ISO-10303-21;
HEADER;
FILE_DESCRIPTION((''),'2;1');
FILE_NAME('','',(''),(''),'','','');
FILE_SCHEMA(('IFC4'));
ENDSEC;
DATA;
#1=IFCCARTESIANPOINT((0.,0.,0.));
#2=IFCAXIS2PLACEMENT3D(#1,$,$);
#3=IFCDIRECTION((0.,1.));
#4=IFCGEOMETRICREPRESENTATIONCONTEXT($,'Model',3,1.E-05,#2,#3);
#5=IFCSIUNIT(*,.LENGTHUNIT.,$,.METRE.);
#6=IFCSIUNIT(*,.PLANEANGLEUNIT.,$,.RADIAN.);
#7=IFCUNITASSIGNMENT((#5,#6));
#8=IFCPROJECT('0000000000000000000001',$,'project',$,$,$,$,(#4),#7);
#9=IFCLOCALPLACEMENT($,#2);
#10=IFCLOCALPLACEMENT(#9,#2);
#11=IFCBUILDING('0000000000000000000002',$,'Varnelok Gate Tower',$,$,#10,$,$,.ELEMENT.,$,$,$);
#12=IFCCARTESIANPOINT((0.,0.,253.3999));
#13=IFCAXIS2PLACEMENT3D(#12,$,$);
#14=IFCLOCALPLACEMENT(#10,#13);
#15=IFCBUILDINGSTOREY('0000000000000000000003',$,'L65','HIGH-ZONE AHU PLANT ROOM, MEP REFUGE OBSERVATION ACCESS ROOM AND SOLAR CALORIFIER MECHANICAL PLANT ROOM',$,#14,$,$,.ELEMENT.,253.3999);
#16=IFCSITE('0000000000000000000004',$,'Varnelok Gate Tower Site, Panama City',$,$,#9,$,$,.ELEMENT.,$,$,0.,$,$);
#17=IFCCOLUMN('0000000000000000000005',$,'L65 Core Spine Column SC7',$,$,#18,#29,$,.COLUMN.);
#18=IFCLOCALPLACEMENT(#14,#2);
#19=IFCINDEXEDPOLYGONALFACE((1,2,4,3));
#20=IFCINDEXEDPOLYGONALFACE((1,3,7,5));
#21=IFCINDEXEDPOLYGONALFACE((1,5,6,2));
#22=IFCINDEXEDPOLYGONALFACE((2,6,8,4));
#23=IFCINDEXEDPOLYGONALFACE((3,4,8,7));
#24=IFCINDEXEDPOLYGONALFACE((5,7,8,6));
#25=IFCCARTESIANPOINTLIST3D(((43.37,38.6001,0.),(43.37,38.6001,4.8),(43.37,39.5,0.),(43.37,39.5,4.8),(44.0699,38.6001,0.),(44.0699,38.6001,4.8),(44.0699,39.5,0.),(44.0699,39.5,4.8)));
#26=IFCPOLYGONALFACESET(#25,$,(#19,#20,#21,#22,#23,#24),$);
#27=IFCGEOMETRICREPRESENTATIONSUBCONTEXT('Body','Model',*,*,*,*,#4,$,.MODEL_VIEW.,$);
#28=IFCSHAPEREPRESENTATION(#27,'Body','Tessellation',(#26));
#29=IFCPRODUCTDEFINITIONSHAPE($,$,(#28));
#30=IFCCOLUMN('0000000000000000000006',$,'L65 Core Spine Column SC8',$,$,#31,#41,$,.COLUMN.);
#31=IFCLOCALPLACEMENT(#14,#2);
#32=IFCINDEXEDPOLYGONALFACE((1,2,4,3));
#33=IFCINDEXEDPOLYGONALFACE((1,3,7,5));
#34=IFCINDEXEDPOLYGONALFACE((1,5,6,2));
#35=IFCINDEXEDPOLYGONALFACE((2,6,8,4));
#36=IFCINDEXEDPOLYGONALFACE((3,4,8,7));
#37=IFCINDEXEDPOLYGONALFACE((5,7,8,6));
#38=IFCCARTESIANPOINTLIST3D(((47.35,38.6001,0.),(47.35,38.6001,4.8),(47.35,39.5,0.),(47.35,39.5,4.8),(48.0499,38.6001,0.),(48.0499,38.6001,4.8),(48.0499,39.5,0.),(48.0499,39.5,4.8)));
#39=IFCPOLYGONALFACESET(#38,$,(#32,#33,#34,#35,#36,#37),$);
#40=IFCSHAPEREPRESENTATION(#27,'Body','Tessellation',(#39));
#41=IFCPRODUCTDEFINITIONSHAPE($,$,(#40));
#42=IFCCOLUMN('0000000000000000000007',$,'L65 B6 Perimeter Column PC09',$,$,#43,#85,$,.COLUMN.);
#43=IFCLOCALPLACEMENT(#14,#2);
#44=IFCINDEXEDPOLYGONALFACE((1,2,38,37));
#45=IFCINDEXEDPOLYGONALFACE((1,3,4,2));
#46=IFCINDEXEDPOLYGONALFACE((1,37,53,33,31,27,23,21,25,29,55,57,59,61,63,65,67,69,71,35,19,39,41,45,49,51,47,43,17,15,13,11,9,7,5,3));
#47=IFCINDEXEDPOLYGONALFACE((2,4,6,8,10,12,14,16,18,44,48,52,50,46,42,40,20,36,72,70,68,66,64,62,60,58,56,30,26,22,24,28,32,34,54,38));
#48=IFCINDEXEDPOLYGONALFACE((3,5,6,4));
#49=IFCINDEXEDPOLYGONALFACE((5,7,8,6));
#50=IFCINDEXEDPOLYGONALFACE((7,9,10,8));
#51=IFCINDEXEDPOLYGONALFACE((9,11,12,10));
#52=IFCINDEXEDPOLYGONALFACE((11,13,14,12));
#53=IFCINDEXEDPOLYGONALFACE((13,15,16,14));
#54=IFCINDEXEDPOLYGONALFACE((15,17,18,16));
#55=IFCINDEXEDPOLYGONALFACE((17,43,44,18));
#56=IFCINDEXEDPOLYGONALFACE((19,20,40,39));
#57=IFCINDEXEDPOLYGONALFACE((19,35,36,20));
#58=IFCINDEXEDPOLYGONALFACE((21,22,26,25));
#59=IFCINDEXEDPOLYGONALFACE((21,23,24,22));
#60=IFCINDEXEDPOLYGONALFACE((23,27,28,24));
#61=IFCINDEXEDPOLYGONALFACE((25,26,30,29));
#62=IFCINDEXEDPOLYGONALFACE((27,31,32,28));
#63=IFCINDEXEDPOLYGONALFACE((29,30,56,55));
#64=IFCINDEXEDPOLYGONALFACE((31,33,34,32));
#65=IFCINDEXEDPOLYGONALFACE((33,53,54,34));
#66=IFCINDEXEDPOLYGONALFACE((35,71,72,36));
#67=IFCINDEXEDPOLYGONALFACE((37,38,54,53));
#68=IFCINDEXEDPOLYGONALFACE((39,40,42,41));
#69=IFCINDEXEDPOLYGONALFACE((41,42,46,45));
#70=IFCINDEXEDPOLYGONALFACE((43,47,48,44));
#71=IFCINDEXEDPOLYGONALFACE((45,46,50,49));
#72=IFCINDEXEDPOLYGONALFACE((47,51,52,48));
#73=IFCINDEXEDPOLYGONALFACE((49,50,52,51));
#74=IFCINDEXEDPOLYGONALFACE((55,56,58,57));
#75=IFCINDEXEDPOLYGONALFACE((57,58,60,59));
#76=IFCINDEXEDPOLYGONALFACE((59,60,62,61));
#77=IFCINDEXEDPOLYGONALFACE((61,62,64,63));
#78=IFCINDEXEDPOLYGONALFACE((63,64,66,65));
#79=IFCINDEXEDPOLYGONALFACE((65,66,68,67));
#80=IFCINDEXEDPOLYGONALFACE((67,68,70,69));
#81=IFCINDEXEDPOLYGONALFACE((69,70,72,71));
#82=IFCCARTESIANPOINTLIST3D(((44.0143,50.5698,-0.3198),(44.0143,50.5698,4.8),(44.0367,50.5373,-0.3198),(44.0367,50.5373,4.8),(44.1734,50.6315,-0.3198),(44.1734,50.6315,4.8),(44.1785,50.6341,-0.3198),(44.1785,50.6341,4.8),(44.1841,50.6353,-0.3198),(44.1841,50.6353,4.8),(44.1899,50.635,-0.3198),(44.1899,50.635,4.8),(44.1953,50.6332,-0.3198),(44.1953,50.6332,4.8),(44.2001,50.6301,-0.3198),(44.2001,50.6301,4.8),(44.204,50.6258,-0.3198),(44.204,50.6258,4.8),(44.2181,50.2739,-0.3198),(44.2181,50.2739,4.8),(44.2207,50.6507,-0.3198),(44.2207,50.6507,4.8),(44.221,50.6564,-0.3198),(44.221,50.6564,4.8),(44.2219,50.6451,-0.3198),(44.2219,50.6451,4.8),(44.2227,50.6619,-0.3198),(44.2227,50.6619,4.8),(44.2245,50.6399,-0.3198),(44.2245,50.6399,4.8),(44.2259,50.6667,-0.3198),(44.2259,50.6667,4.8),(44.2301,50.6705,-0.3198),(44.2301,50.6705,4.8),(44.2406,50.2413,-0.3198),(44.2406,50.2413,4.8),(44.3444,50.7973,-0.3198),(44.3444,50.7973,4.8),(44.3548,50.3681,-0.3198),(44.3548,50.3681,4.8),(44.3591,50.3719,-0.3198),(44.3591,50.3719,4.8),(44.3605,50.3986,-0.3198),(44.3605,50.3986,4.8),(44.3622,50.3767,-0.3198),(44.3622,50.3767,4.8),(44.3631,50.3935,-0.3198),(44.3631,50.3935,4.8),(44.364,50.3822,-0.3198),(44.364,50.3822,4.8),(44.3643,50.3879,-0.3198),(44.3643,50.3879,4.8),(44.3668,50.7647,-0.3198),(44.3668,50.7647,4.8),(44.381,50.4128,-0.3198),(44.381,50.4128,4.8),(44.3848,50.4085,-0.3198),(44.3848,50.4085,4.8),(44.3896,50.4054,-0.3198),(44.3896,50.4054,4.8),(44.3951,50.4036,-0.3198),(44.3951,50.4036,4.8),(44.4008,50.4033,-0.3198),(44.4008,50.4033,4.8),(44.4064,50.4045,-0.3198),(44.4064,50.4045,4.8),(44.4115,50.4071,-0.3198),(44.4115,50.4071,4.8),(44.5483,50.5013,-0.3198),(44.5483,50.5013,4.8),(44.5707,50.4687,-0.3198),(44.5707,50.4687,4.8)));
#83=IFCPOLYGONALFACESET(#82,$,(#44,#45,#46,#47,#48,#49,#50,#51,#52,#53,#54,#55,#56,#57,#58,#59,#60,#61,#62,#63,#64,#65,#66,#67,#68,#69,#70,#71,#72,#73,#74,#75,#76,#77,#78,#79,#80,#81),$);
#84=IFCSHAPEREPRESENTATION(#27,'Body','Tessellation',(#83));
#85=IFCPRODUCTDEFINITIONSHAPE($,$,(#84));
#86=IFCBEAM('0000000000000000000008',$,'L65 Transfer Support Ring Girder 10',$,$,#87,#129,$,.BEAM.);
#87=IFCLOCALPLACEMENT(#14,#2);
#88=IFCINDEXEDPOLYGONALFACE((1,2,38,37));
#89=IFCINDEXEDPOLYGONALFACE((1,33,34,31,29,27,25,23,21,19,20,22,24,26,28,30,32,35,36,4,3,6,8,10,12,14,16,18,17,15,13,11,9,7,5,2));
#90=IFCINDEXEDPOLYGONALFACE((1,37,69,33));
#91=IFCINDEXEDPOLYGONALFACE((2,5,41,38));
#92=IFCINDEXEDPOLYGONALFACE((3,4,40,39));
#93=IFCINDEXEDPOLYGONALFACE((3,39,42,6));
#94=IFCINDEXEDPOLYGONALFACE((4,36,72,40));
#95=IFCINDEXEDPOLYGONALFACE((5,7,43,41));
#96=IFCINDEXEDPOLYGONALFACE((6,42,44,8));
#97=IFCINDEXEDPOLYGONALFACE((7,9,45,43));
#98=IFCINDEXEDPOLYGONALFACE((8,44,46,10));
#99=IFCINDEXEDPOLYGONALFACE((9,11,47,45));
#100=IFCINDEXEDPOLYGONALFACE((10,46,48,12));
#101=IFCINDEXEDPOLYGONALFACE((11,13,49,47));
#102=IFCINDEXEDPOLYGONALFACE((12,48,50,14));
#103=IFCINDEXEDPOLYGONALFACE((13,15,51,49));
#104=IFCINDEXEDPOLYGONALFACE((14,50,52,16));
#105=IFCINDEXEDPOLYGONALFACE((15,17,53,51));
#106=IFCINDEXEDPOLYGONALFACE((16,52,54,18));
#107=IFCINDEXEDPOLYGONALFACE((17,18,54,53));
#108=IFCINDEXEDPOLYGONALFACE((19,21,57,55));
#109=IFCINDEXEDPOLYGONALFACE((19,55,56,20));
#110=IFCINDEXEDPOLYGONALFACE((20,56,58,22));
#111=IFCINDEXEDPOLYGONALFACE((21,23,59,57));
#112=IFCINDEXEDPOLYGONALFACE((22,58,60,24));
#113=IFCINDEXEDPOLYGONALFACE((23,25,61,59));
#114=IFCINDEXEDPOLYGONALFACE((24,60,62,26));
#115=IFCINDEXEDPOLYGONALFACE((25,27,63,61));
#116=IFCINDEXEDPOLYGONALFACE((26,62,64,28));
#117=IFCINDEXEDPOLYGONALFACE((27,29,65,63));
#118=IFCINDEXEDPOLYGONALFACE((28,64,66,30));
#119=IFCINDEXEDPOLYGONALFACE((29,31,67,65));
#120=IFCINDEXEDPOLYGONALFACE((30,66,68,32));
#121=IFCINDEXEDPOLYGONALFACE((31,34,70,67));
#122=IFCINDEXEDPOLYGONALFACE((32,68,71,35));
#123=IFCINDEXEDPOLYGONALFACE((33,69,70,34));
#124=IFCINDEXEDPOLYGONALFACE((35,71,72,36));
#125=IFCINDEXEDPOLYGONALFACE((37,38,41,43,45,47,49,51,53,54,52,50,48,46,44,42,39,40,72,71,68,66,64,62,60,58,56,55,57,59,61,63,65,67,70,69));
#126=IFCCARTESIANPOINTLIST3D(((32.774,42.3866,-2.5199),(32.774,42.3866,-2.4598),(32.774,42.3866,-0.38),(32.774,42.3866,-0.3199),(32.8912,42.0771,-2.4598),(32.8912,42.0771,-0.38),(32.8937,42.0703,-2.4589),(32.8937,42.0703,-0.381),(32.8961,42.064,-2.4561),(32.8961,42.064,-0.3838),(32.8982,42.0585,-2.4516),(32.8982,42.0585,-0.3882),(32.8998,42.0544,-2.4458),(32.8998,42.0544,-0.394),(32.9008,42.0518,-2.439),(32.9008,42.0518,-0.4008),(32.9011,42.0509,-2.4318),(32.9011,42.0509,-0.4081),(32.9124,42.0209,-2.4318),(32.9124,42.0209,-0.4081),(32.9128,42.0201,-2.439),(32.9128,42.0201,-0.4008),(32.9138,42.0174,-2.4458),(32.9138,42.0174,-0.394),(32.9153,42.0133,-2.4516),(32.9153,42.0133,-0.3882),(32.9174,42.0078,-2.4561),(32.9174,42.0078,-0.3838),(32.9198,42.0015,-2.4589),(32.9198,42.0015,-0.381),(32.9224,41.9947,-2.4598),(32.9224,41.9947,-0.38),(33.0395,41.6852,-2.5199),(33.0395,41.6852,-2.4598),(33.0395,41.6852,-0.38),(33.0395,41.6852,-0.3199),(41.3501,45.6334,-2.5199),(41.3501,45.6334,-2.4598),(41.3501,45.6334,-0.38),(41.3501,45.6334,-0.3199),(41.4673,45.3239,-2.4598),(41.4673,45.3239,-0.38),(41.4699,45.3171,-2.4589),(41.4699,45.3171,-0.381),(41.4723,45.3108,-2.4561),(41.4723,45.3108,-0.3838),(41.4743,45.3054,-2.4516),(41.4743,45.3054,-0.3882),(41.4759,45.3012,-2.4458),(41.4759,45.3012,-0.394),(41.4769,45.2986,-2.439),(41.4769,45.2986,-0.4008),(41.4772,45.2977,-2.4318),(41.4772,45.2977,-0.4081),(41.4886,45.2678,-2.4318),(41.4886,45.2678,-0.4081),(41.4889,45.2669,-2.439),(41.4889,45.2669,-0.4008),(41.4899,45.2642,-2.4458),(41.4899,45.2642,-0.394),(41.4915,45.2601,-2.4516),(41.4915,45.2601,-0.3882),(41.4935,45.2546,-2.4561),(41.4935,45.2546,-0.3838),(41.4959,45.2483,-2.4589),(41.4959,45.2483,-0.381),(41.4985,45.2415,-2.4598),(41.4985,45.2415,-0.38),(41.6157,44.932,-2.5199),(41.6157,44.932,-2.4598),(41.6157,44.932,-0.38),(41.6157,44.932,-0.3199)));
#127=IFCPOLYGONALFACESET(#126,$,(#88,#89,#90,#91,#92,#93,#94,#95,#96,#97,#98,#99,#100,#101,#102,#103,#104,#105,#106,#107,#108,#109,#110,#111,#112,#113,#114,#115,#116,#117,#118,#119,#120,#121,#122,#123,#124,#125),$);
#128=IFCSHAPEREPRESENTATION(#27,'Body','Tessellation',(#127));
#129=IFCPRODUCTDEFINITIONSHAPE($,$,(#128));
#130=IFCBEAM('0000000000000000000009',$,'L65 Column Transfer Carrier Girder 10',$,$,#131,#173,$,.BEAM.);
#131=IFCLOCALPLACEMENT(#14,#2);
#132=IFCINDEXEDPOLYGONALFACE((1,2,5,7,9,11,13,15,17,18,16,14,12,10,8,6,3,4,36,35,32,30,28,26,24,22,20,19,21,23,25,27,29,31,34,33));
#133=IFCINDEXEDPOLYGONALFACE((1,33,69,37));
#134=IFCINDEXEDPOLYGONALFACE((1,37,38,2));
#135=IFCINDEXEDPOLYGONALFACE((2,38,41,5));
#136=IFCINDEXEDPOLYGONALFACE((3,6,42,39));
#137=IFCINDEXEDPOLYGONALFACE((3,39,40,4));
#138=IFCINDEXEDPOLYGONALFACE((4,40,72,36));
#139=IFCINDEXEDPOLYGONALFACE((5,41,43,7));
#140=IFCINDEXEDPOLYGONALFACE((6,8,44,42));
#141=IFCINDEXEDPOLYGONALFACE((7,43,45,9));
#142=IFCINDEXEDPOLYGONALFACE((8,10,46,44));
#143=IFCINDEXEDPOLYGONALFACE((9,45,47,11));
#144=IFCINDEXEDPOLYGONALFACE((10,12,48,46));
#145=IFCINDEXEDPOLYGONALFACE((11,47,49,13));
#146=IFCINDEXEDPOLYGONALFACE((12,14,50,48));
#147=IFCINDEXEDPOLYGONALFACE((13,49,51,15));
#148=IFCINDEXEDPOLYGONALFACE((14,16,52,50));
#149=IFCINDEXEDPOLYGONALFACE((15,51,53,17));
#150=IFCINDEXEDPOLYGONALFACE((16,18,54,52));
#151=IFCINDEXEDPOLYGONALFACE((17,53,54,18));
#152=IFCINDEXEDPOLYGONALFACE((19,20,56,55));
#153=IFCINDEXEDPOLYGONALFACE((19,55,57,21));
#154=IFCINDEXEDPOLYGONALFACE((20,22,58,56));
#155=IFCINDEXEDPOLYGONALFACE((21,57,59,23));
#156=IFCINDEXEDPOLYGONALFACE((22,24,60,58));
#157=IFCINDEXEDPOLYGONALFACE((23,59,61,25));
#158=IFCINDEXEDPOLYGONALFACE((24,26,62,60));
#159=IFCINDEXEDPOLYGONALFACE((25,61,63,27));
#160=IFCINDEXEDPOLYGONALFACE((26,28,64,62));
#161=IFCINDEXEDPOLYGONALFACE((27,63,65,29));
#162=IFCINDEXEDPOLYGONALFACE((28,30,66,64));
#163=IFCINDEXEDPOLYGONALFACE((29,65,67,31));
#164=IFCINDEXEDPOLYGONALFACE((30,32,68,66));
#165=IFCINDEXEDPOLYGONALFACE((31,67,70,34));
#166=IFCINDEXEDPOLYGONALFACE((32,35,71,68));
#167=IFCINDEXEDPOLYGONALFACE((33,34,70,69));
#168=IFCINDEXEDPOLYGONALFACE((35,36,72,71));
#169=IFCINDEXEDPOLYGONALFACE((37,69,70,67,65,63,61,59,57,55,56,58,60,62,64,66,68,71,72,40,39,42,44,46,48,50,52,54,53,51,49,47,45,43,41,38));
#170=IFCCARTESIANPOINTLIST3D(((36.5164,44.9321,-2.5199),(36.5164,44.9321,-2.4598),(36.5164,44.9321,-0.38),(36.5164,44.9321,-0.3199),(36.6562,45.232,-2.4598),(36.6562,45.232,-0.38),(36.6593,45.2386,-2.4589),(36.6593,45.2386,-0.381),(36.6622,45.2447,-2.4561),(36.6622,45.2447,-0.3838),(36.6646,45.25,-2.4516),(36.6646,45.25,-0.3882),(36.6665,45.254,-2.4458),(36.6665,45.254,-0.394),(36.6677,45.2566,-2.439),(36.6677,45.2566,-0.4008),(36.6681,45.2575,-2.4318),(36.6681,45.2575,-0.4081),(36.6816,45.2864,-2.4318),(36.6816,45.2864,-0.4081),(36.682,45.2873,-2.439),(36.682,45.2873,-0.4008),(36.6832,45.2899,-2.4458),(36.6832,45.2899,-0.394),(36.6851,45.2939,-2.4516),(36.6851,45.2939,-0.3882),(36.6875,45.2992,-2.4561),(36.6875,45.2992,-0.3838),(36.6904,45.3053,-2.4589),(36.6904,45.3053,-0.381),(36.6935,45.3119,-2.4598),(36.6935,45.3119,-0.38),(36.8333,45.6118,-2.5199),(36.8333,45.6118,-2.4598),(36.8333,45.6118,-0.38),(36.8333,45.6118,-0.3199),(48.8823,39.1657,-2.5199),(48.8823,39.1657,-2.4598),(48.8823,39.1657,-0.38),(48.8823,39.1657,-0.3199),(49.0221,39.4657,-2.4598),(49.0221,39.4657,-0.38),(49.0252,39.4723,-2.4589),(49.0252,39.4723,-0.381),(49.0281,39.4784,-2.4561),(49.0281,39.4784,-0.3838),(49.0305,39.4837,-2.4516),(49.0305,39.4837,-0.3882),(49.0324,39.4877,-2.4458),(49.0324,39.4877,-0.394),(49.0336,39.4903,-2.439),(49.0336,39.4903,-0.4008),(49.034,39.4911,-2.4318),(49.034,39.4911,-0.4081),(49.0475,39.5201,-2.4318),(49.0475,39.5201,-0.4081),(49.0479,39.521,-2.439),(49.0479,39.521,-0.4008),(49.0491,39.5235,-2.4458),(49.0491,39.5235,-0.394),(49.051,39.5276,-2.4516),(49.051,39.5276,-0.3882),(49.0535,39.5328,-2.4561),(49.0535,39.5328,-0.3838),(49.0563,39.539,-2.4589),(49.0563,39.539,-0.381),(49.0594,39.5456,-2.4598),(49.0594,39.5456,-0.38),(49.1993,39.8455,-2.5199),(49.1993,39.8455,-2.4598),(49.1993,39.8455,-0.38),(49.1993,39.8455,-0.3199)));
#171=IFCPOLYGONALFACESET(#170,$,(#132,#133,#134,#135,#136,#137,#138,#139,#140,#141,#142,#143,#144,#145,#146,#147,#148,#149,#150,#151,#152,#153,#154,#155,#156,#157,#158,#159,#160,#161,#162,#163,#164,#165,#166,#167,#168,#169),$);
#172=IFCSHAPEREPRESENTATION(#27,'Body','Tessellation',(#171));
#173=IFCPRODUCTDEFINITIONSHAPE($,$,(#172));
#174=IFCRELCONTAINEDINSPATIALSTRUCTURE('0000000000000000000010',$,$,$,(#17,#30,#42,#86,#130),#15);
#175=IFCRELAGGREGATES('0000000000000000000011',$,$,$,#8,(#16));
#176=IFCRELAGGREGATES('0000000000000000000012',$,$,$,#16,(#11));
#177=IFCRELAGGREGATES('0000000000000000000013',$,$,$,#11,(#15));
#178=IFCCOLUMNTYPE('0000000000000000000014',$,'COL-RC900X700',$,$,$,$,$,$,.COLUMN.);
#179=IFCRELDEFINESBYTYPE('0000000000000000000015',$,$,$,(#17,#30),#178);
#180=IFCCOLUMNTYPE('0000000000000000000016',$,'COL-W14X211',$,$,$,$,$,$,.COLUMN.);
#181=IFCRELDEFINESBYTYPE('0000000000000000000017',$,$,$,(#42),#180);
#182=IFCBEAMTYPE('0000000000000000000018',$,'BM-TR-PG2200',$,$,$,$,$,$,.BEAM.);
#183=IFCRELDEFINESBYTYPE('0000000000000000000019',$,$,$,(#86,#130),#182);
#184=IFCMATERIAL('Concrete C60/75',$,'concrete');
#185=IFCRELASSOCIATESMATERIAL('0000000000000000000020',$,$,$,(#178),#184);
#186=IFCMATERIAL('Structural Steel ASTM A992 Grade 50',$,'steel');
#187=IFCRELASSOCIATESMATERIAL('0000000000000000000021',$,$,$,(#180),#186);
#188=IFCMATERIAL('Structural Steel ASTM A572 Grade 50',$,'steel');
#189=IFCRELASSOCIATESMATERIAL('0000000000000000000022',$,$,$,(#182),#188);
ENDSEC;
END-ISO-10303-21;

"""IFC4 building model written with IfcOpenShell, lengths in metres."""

from ifc_helpers import new_model, si_unit, direction, frame, origin, origin_2d, place, context, subcontext, project, spatial, rectangle, i_section, extrude, material, material_profile, profile_set, type_object, element, save


model = new_model("IFC4")

# Units and contexts
model_context = context("Model", 3, precision=1e-05, world=origin(), true_north=direction((0.0, 1.0)))
body_context = subcontext(model_context, "Body", "Model", "MODEL_VIEW")
ifc_project = project(units=[si_unit("LENGTHUNIT", "METRE"), si_unit("PLANEANGLEUNIT", "RADIAN")], contexts=[model_context])

# Site, building, storey
site_placement = place(None, origin())
site = spatial("IfcSite", under=ifc_project, at=site_placement, Name="Varnelok Gate Tower Site, Panama City", CompositionType="ELEMENT", RefElevation=0.0)
building_placement = place(site_placement, origin())
building = spatial("IfcBuilding", under=site, at=building_placement, Name="Varnelok Gate Tower", CompositionType="ELEMENT")
storey_placement = place(building_placement, frame((0.0, 0.0, 253.3999)))
storey = spatial("IfcBuildingStorey", under=building, at=storey_placement, Name="L65", Description="HIGH-ZONE AHU PLANT ROOM, MEP REFUGE OBSERVATION ACCESS ROOM AND SOLAR CALORIFIER MECHANICAL PLANT ROOM", CompositionType="ELEMENT", Elevation=253.3999)

# Columns
ifc_material_1 = material(Name="Concrete C60/75", Category="concrete")
ifc_material_profile_1 = material_profile(ifc_material_1, rectangle(XDim=0.7, YDim=0.8999, at=origin_2d()), Name="RC900X700")
ifc_profile_set_1 = profile_set([ifc_material_profile_1], Name="Concrete C60/75")
column_type_1 = type_object("IfcColumnType", Name="COL-RC900X700", PredefinedType="COLUMN", material=ifc_profile_set_1)
for number, where, z_axis, x_axis, name in (
    (1, (43.72, 39.05, 0.0), (0.0, 0.0, 1.0), (1.0, 0.0, 0.0), "L65 Core Spine Column SC7"),
    (2, (47.7, 39.05, 0.0), (0.0, 0.0, 1.0), (1.0, 0.0, 0.0), "L65 Core Spine Column SC8"),
):
    element("IfcColumn", number, at=place(storey_placement, frame(where, z_axis=z_axis, x_axis=x_axis)), inside=storey, type_object=column_type_1, Name=name, PredefinedType="COLUMN", context=body_context, shape_type="SweptSolid", body=[
        extrude(rectangle(XDim=0.7, YDim=0.8999, at=origin_2d()), origin(), (0.0, 0.0, 1.0), 4.8),
    ])
ifc_material_2 = material(Name="Structural Steel ASTM A992 Grade 50", Category="steel")
ifc_material_profile_2 = material_profile(ifc_material_2, i_section(OverallWidth=0.4009, OverallDepth=0.3989, WebThickness=0.0249, FlangeThickness=0.0396, FilletRadius=0.022, at=origin_2d()), Name="W14X211")
ifc_profile_set_2 = profile_set([ifc_material_profile_2], Name="Structural Steel ASTM A992 Grade 50")
column_type_2 = type_object("IfcColumnType", Name="COL-W14X211", PredefinedType="COLUMN", material=ifc_profile_set_2)
column_placement = place(storey_placement, frame((44.2925, 50.5193, -0.3198), z_axis=(0.0, 0.0, 1.0), x_axis=(0.823533, 0.567269, 0.0)))
element("IfcColumn", 3, at=column_placement, inside=storey, type_object=column_type_2, Name="L65 B6 Perimeter Column PC09", PredefinedType="COLUMN", context=body_context, shape_type="SweptSolid", body=[
    extrude(i_section(OverallWidth=0.4009, OverallDepth=0.3989, WebThickness=0.0249, FlangeThickness=0.0396, FilletRadius=0.022, at=origin_2d()), origin(), (0.0, 0.0, 1.0), 5.1199),
])

# Beams
ifc_material_3 = material(Name="Structural Steel ASTM A572 Grade 50", Category="steel")
ifc_material_profile_3 = material_profile(ifc_material_3, i_section(OverallWidth=0.75, OverallDepth=2.2, WebThickness=0.032, FlangeThickness=0.0601, FilletRadius=0.0281, at=origin_2d()), Name="PG2200X750")
ifc_profile_set_3 = profile_set([ifc_material_profile_3], Name="Structural Steel ASTM A572 Grade 50")
beam_type = type_object("IfcBeamType", Name="BM-TR-PG2200", PredefinedType="BEAM", material=ifc_profile_set_3)
beam_1_placement = place(storey_placement, frame((41.4829, 45.2827, -1.4199), z_axis=(-0.935222, -0.354063, 0.0), x_axis=(0.354063, -0.935222, 0.0)))
element("IfcBeam", 4, at=beam_1_placement, inside=storey, type_object=beam_type, Name="L65 Transfer Support Ring Girder 10", PredefinedType="BEAM", context=body_context, shape_type="SweptSolid", body=[
    extrude(i_section(OverallWidth=0.75, OverallDepth=2.2, WebThickness=0.032, FlangeThickness=0.0601, FilletRadius=0.0281, at=origin_2d()), origin(), (0.0, 0.0, 1.0), 9.1702),
])
beam_2_placement = place(storey_placement, frame((49.0408, 39.5056, -1.4199), z_axis=(-0.906307, 0.422619, 0.0), x_axis=(-0.422619, -0.906307, 0.0)))
element("IfcBeam", 5, at=beam_2_placement, inside=storey, type_object=beam_type, Name="L65 Column Transfer Carrier Girder 10", PredefinedType="BEAM", context=body_context, shape_type="SweptSolid", body=[
    extrude(i_section(OverallWidth=0.75, OverallDepth=2.2, WebThickness=0.032, FlangeThickness=0.0601, FilletRadius=0.0281, at=origin_2d()), origin(), (0.0, 0.0, 1.0), 13.6443),
])

save(model, "model.ifc")
